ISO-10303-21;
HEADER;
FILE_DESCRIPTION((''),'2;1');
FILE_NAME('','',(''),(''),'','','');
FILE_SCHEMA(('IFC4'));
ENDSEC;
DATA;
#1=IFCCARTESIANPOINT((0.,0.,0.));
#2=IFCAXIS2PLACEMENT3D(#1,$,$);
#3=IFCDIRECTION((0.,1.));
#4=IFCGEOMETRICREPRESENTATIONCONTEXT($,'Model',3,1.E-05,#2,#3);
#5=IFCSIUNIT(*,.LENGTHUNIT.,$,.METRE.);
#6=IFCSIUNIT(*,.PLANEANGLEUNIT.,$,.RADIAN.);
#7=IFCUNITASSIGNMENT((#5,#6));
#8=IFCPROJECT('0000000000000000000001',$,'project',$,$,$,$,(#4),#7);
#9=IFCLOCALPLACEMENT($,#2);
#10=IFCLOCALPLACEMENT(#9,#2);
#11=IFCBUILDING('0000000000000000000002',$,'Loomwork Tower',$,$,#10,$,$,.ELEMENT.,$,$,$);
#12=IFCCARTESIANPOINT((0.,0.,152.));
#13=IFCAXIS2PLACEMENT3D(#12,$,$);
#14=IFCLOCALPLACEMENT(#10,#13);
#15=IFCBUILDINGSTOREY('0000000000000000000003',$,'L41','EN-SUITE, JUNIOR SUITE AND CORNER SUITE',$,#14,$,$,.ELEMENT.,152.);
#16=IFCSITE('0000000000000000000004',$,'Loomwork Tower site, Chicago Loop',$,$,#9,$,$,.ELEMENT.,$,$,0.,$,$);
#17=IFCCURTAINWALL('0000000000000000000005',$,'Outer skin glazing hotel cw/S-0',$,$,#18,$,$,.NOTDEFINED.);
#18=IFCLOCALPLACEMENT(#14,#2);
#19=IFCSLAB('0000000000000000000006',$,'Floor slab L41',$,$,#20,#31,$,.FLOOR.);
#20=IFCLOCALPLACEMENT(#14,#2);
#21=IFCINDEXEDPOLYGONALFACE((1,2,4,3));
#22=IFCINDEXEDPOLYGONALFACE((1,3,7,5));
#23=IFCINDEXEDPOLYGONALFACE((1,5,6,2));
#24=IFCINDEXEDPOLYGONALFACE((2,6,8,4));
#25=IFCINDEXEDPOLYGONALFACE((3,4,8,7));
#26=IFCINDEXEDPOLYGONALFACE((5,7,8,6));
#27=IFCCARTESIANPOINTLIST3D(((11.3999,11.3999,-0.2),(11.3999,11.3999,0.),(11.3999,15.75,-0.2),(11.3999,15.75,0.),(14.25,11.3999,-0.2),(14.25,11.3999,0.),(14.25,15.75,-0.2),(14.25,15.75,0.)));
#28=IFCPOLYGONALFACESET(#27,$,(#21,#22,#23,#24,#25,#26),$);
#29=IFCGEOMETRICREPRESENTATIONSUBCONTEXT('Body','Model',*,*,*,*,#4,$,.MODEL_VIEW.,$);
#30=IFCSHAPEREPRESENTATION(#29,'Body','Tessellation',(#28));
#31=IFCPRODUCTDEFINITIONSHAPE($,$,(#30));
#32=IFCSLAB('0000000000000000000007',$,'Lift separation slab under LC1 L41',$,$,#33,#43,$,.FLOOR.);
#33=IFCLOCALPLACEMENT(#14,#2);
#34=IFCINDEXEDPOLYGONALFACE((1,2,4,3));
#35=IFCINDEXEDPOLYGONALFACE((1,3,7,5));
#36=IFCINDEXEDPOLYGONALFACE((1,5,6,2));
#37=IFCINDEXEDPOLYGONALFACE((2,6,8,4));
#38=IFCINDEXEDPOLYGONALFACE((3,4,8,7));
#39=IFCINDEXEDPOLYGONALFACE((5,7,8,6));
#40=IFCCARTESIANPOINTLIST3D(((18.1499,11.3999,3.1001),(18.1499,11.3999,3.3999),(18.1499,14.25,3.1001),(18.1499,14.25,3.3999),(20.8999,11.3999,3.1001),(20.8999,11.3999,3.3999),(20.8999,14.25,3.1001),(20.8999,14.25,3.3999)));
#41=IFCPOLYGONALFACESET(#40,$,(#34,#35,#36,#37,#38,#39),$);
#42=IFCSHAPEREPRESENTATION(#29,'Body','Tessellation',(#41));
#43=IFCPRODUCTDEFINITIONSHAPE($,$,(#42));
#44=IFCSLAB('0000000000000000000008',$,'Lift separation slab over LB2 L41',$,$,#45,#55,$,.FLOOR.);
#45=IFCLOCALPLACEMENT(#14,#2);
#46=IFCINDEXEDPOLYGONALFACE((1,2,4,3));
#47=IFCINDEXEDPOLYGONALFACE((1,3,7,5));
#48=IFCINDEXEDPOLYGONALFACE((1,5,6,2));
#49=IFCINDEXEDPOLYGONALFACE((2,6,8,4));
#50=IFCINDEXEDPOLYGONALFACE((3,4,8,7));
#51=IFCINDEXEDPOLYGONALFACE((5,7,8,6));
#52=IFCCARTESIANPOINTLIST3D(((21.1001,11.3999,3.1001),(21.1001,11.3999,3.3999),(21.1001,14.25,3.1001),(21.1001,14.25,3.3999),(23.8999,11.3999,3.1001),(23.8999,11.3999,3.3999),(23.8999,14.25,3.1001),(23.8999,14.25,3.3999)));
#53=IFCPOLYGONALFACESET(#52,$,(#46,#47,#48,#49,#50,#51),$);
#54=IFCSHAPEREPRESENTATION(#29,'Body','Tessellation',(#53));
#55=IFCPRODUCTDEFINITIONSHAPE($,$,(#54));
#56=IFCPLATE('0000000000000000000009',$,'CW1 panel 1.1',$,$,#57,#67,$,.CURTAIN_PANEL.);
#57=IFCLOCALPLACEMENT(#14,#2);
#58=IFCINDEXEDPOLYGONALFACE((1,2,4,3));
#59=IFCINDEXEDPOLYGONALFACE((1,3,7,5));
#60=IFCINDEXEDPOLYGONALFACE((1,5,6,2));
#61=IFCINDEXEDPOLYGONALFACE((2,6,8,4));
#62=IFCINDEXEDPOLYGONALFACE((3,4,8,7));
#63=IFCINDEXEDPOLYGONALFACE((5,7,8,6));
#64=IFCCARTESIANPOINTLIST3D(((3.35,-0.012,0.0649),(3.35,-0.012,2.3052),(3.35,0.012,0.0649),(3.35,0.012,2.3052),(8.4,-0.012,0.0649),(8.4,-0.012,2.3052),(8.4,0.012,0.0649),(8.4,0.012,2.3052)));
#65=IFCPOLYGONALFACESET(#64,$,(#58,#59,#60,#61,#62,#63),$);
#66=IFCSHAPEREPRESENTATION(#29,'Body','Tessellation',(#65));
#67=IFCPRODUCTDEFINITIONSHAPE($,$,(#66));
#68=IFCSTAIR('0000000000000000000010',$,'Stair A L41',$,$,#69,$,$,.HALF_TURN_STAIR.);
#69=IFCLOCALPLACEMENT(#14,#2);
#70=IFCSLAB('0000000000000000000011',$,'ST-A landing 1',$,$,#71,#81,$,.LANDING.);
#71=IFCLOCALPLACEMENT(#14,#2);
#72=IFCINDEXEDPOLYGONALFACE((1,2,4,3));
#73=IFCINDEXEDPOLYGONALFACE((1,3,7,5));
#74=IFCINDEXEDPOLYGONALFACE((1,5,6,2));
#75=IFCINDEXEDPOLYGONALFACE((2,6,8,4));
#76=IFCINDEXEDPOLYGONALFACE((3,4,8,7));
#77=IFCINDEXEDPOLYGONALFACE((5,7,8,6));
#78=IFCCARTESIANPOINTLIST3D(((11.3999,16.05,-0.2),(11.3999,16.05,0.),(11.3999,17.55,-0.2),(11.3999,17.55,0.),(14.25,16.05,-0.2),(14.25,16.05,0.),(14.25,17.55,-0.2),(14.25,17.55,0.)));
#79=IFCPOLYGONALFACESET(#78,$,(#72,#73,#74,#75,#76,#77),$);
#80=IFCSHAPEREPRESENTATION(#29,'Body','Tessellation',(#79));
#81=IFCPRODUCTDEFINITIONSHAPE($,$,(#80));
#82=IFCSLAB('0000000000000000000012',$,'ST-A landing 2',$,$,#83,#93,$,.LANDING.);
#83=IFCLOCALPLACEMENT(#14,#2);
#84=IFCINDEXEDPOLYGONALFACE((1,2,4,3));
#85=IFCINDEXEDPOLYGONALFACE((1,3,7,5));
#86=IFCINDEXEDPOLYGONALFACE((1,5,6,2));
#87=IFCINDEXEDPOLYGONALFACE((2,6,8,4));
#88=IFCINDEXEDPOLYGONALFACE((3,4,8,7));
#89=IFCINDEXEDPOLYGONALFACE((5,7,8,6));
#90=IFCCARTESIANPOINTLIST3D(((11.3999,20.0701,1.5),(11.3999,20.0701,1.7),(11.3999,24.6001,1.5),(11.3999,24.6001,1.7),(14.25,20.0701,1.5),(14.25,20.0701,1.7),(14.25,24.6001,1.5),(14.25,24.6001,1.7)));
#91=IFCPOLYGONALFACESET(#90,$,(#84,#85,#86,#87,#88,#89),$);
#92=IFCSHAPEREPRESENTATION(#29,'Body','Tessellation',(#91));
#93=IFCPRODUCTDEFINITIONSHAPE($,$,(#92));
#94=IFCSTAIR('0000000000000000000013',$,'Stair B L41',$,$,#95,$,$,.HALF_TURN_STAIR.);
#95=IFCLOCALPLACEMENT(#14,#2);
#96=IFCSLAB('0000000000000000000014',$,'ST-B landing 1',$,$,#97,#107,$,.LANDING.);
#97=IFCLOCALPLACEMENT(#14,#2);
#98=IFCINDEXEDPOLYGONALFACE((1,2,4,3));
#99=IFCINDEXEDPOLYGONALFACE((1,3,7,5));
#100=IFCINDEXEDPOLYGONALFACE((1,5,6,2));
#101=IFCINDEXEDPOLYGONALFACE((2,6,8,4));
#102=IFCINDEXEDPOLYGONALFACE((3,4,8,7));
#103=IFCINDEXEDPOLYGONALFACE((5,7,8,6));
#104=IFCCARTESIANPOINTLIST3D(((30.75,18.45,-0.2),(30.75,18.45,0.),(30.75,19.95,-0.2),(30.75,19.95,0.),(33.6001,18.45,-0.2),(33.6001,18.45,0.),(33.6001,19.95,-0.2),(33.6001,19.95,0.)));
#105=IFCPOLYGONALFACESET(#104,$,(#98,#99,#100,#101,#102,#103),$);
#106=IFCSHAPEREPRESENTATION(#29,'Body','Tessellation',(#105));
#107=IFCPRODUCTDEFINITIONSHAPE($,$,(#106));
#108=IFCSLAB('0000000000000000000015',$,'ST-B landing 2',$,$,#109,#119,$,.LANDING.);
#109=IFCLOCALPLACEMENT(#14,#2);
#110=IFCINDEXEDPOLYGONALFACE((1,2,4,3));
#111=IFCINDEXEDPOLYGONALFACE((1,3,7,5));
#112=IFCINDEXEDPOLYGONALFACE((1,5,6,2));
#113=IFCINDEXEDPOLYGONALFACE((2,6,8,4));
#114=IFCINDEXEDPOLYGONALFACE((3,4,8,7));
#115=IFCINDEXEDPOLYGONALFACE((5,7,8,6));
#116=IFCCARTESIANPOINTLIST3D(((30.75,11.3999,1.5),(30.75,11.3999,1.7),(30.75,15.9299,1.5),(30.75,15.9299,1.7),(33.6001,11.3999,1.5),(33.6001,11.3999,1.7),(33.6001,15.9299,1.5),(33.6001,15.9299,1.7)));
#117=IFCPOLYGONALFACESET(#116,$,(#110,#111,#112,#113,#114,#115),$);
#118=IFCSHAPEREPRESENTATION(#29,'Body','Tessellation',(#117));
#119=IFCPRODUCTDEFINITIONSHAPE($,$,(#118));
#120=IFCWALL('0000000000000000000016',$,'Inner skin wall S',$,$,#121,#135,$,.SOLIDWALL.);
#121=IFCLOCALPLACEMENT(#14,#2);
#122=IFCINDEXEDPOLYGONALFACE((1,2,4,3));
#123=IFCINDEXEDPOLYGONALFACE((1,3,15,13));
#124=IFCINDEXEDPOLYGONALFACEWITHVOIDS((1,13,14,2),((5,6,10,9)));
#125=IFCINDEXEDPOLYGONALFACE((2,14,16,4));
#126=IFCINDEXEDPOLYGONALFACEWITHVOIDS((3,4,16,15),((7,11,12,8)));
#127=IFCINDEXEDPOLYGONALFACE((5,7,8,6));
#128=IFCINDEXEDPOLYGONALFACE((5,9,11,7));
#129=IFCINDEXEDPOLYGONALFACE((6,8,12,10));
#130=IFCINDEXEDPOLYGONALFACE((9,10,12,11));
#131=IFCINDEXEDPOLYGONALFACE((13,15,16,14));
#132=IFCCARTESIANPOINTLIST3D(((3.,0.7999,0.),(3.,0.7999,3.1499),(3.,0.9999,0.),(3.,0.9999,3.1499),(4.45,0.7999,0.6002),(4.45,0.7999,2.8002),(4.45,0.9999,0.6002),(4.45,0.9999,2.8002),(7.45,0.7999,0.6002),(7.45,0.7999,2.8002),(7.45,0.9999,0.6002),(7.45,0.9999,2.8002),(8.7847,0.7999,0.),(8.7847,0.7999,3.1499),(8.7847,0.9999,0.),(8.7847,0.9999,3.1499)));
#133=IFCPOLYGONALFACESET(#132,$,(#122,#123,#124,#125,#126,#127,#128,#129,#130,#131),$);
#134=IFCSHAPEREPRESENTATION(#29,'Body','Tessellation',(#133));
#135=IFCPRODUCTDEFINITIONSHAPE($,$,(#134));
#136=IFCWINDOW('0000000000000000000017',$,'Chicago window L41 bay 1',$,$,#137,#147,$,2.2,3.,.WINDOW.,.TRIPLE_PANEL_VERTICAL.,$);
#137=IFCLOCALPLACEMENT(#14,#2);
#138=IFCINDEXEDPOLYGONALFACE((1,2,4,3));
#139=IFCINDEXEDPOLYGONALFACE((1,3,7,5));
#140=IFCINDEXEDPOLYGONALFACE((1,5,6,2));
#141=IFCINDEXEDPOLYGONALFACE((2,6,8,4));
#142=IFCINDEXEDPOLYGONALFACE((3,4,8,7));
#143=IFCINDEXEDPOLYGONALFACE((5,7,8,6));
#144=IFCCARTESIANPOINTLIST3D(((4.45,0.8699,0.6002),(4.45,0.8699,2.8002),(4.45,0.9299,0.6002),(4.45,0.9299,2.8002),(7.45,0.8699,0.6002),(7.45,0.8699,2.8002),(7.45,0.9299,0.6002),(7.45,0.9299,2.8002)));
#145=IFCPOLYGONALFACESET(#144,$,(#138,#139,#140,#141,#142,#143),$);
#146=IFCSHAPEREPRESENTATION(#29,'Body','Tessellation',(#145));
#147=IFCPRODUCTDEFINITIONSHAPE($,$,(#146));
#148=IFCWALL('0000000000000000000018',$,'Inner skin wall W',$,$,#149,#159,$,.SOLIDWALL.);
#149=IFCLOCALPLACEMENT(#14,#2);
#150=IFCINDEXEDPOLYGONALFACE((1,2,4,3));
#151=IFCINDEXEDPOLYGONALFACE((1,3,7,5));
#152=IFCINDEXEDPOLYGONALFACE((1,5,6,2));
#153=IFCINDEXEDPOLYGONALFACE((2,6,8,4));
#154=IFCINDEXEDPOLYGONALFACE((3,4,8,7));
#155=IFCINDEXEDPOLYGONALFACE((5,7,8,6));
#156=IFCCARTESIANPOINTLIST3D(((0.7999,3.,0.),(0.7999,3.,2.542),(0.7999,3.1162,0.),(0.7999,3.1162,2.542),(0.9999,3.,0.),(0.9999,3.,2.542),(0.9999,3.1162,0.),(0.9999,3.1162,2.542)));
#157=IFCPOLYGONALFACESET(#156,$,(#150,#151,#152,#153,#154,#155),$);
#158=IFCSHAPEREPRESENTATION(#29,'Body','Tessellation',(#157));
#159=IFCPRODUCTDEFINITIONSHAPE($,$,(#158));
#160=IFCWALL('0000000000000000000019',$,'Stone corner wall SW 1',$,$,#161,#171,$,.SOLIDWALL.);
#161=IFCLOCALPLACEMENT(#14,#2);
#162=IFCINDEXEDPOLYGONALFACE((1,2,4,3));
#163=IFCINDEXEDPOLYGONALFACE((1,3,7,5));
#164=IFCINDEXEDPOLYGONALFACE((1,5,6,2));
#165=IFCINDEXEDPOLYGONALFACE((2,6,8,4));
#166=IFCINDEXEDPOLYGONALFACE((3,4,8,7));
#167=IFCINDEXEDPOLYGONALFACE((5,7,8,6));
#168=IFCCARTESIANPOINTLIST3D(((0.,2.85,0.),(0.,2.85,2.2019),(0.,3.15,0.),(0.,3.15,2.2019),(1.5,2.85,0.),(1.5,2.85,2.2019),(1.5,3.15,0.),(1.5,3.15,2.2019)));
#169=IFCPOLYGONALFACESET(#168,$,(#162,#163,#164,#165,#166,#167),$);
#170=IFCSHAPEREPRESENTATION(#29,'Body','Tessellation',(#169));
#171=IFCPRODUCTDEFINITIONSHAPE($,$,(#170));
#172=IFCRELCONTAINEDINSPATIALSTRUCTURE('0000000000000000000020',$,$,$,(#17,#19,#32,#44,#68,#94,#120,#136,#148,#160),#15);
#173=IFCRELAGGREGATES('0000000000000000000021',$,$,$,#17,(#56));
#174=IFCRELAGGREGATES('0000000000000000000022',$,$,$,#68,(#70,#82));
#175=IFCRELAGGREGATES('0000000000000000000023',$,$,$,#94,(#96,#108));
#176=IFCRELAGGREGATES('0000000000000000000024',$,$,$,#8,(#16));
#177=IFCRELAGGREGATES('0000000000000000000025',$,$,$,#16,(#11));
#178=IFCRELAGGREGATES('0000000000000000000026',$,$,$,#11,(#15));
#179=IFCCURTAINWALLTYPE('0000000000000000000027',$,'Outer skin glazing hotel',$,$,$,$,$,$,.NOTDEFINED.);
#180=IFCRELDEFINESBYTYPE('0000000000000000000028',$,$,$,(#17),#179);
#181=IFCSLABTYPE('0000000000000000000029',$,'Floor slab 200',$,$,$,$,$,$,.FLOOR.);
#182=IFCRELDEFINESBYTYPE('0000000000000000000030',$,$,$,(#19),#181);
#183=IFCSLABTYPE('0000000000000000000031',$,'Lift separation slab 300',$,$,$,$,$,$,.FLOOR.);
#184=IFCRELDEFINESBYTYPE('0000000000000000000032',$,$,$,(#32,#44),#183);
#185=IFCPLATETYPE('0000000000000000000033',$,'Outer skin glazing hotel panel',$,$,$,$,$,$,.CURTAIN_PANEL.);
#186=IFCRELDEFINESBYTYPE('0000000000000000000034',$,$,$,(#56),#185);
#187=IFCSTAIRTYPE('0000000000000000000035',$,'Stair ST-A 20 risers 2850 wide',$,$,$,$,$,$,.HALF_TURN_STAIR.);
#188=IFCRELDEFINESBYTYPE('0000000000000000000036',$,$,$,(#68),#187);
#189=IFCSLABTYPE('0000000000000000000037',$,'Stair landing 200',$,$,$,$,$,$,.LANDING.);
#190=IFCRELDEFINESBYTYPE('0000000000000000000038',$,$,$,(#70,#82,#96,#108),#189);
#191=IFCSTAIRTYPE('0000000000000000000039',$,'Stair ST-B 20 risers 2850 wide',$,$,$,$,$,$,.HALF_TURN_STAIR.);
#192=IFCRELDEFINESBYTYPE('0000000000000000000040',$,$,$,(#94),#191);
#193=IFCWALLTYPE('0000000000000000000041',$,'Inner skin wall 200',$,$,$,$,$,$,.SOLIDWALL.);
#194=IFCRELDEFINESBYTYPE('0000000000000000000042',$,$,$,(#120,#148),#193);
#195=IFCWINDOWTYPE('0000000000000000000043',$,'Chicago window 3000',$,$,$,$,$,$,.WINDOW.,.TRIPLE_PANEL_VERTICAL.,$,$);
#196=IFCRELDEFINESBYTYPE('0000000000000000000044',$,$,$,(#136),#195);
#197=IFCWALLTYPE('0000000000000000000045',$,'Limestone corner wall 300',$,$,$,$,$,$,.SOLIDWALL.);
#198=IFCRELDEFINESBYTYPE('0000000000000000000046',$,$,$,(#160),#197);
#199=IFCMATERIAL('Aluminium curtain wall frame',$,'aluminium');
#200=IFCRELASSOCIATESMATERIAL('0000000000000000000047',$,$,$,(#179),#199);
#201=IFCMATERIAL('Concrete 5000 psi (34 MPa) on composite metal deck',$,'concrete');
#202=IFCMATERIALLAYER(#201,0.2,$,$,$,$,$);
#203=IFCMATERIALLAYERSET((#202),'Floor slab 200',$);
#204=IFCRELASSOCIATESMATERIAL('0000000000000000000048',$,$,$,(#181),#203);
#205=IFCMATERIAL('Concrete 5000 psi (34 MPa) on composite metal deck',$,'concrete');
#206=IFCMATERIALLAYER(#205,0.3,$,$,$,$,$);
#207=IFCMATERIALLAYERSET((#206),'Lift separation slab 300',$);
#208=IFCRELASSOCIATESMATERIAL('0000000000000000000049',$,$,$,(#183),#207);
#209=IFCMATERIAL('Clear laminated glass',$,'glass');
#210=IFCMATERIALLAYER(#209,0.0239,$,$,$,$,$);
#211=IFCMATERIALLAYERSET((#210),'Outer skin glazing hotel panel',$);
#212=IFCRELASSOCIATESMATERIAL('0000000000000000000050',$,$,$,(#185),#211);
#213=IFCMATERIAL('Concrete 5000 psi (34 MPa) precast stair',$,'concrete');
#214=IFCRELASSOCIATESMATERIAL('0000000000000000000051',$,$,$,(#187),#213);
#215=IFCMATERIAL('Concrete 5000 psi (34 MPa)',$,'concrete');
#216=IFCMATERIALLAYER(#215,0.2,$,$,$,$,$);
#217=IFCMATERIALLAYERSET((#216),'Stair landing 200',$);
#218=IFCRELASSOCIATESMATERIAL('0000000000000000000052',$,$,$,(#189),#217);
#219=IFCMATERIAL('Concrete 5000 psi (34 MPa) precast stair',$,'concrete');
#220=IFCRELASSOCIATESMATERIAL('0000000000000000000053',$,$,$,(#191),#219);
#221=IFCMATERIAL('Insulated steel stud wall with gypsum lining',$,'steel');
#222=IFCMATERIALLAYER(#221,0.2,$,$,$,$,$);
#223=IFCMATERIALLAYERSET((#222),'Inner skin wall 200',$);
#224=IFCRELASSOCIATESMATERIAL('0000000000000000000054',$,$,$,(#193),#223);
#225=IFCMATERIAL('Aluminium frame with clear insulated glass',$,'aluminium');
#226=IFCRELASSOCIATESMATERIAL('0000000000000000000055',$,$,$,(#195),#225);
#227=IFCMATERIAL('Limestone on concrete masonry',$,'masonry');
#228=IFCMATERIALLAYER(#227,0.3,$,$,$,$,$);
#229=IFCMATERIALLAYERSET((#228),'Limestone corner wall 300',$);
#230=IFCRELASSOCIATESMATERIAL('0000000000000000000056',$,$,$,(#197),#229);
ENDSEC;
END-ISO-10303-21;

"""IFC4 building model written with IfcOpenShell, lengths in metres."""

from ifc_helpers import new_model, si_unit, direction, frame, frame_2d, origin, origin_2d, place, context, subcontext, project, spatial, polyline, rectangle, outline, extrude, material, layer, layer_set, type_object, element, fill, aggregate, save


model = new_model("IFC4")

# Units and contexts
model_context = context("Model", 3, precision=1e-05, world=origin(), true_north=direction((0.0, 1.0)))
body_context = subcontext(model_context, "Body", "Model", "MODEL_VIEW")
ifc_project = project(units=[si_unit("LENGTHUNIT", "METRE"), si_unit("PLANEANGLEUNIT", "RADIAN")], contexts=[model_context])

# Site, building, storey
site_placement = place(None, origin())
site = spatial("IfcSite", under=ifc_project, at=site_placement, Name="Loomwork Tower site, Chicago Loop", CompositionType="ELEMENT", RefElevation=0.0)
building_placement = place(site_placement, origin())
building = spatial("IfcBuilding", under=site, at=building_placement, Name="Loomwork Tower", CompositionType="ELEMENT")
storey_placement = place(building_placement, frame((0.0, 0.0, 152.0)))
storey = spatial("IfcBuildingStorey", under=building, at=storey_placement, Name="L41", Description="EN-SUITE, JUNIOR SUITE AND CORNER SUITE", CompositionType="ELEMENT", Elevation=152.0)

# Curtain wall
ifc_material_1 = material(Name="Aluminium curtain wall frame", Category="aluminium")
curtain_wall_type = type_object("IfcCurtainWallType", Name="Outer skin glazing hotel", PredefinedType="NOTDEFINED", material=ifc_material_1)
curtain_wall_placement = place(storey_placement, origin())
curtain_wall = element("IfcCurtainWall", 1, at=curtain_wall_placement, inside=storey, type_object=curtain_wall_type, Name="Outer skin glazing hotel cw/S-0", PredefinedType="NOTDEFINED")

# Slabs
ifc_material_2 = material(Name="Concrete 5000 psi (34 MPa) on composite metal deck", Category="concrete")
ifc_layer_1 = layer(ifc_material_2, 0.2)
ifc_layer_set_1 = layer_set([ifc_layer_1], Name="Floor slab 200")
slab_type_1 = type_object("IfcSlabType", Name="Floor slab 200", PredefinedType="FLOOR", material=ifc_layer_set_1)
slab_1_placement = place(storey_placement, frame((0.0, 0.0, -0.2)))
element("IfcSlab", 2, at=slab_1_placement, inside=storey, type_object=slab_type_1, Name="Floor slab L41", PredefinedType="FLOOR", context=body_context, shape_type="SweptSolid", body=[
    extrude(outline(polyline([(14.25, 15.75), (14.25, 11.3999), (11.3999, 11.3999), (11.3999, 15.75), (14.25, 15.75)])), origin(), (0.0, 0.0, 1.0), 0.2),
])
ifc_material_3 = material(Name="Concrete 5000 psi (34 MPa) on composite metal deck", Category="concrete")
ifc_layer_2 = layer(ifc_material_3, 0.3)
ifc_layer_set_2 = layer_set([ifc_layer_2], Name="Lift separation slab 300")
slab_type_2 = type_object("IfcSlabType", Name="Lift separation slab 300", PredefinedType="FLOOR", material=ifc_layer_set_2)
slab_2_placement = place(storey_placement, frame((0.0, 0.0, 3.1001)))
element("IfcSlab", 3, at=slab_2_placement, inside=storey, type_object=slab_type_2, Name="Lift separation slab under LC1 L41", PredefinedType="FLOOR", context=body_context, shape_type="SweptSolid", body=[
    extrude(outline(polyline([(18.1499, 11.3999), (20.8999, 11.3999), (20.8999, 14.25), (18.1499, 14.25), (18.1499, 11.3999)])), origin(), (0.0, 0.0, 1.0), 0.2998),
])
slab_3_placement = place(storey_placement, frame((0.0, 0.0, 3.1001)))
element("IfcSlab", 4, at=slab_3_placement, inside=storey, type_object=slab_type_2, Name="Lift separation slab over LB2 L41", PredefinedType="FLOOR", context=body_context, shape_type="SweptSolid", body=[
    extrude(outline(polyline([(21.1001, 11.3999), (23.8999, 11.3999), (23.8999, 14.25), (21.1001, 14.25), (21.1001, 11.3999)])), origin(), (0.0, 0.0, 1.0), 0.2998),
])

# Plate
ifc_material_4 = material(Name="Clear laminated glass", Category="glass")
ifc_layer_3 = layer(ifc_material_4, 0.0239)
ifc_layer_set_3 = layer_set([ifc_layer_3], Name="Outer skin glazing hotel panel")
plate_type = type_object("IfcPlateType", Name="Outer skin glazing hotel panel", PredefinedType="CURTAIN_PANEL", material=ifc_layer_set_3)
plate_placement = place(storey_placement, frame((5.875, 0.0, 0.0649), z_axis=(0.0, 0.0, 1.0), x_axis=(1.0, 0.0, 0.0)))
plate = element("IfcPlate", 5, at=plate_placement, type_object=plate_type, Name="CW1 panel 1.1", PredefinedType="CURTAIN_PANEL", context=body_context, shape_type="SweptSolid", body=[
    extrude(rectangle(XDim=5.05, YDim=0.0239, at=origin_2d()), origin(), (0.0, 0.0, 1.0), 2.2402),
])
aggregate(curtain_wall, [plate])

# Stairs, slabs
ifc_material_5 = material(Name="Concrete 5000 psi (34 MPa) precast stair", Category="concrete")
stair_type_1 = type_object("IfcStairType", Name="Stair ST-A 20 risers 2850 wide", PredefinedType="HALF_TURN_STAIR", material=ifc_material_5)
stair_1_placement = place(storey_placement, origin())
stair_1 = element("IfcStair", 6, at=stair_1_placement, inside=storey, type_object=stair_type_1, Name="Stair A L41", PredefinedType="HALF_TURN_STAIR")
ifc_material_6 = material(Name="Concrete 5000 psi (34 MPa)", Category="concrete")
ifc_layer_4 = layer(ifc_material_6, 0.2)
ifc_layer_set_4 = layer_set([ifc_layer_4], Name="Stair landing 200")
slab_type_3 = type_object("IfcSlabType", Name="Stair landing 200", PredefinedType="LANDING", material=ifc_layer_set_4)
slab_4_placement = place(storey_placement, frame((0.0, 0.0, -0.2)))
slab_4 = element("IfcSlab", 7, at=slab_4_placement, type_object=slab_type_3, Name="ST-A landing 1", PredefinedType="LANDING", context=body_context, shape_type="SweptSolid", body=[
    extrude(outline(polyline([(11.3999, 16.05), (14.25, 16.05), (14.25, 17.55), (11.3999, 17.55), (11.3999, 16.05)])), origin(), (0.0, 0.0, 1.0), 0.2),
])
slab_5_placement = place(storey_placement, frame((0.0, 0.0, 1.5)))
slab_5 = element("IfcSlab", 8, at=slab_5_placement, type_object=slab_type_3, Name="ST-A landing 2", PredefinedType="LANDING", context=body_context, shape_type="SweptSolid", body=[
    extrude(outline(polyline([(11.3999, 20.0701), (14.25, 20.0701), (14.25, 24.6001), (11.3999, 24.6001), (11.3999, 20.0701)])), origin(), (0.0, 0.0, 1.0), 0.2),
])
aggregate(stair_1, [slab_4, slab_5])
ifc_material_7 = material(Name="Concrete 5000 psi (34 MPa) precast stair", Category="concrete")
stair_type_2 = type_object("IfcStairType", Name="Stair ST-B 20 risers 2850 wide", PredefinedType="HALF_TURN_STAIR", material=ifc_material_7)
stair_2_placement = place(storey_placement, origin())
stair_2 = element("IfcStair", 9, at=stair_2_placement, inside=storey, type_object=stair_type_2, Name="Stair B L41", PredefinedType="HALF_TURN_STAIR")
slab_6_placement = place(storey_placement, frame((0.0, 0.0, -0.2)))
slab_6 = element("IfcSlab", 10, at=slab_6_placement, type_object=slab_type_3, Name="ST-B landing 1", PredefinedType="LANDING", context=body_context, shape_type="SweptSolid", body=[
    extrude(outline(polyline([(30.75, 18.45), (33.6001, 18.45), (33.6001, 19.95), (30.75, 19.95), (30.75, 18.45)])), origin(), (0.0, 0.0, 1.0), 0.2),
])
slab_7_placement = place(storey_placement, frame((0.0, 0.0, 1.5)))
slab_7 = element("IfcSlab", 11, at=slab_7_placement, type_object=slab_type_3, Name="ST-B landing 2", PredefinedType="LANDING", context=body_context, shape_type="SweptSolid", body=[
    extrude(outline(polyline([(30.75, 11.3999), (33.6001, 11.3999), (33.6001, 15.9299), (30.75, 15.9299), (30.75, 11.3999)])), origin(), (0.0, 0.0, 1.0), 0.2),
])
aggregate(stair_2, [slab_6, slab_7])

# Wall, opening, window
ifc_material_8 = material(Name="Insulated steel stud wall with gypsum lining", Category="steel")
ifc_layer_5 = layer(ifc_material_8, 0.2)
ifc_layer_set_5 = layer_set([ifc_layer_5], Name="Inner skin wall 200")
wall_type_1 = type_object("IfcWallType", Name="Inner skin wall 200", PredefinedType="SOLIDWALL", material=ifc_layer_set_5)
wall_1_placement = place(storey_placement, frame((3.0, 0.8999, 0.0), z_axis=(0.0, 0.0, 1.0), x_axis=(1.0, 0.0, 0.0)))
wall_1 = element("IfcWall", 12, at=wall_1_placement, inside=storey, type_object=wall_type_1, Name="Inner skin wall S", PredefinedType="SOLIDWALL", context=body_context, shape_type="SweptSolid", body=[
    extrude(rectangle(XDim=5.7847, YDim=0.2, at=frame_2d((2.8923, 0.0))), origin(), (0.0, 0.0, 1.0), 3.1499),
])
opening_1_placement = place(wall_1_placement, frame((1.45, 0.0, 0.6001)))
opening_1 = element("IfcOpeningElement", 13, at=opening_1_placement, cuts=wall_1, PredefinedType="OPENING", context=body_context, shape_type="SweptSolid", body=[
    extrude(rectangle(XDim=3.0, YDim=2.2, at=frame_2d((1.5, 1.1001))), frame((0.0, 0.1099, 0.0), z_axis=(0.0, -1.0, 0.0), x_axis=(1.0, 0.0, 0.0)), (0.0, 0.0, 1.0), 0.22),
])
ifc_material_9 = material(Name="Aluminium frame with clear insulated glass", Category="aluminium")
window_type_1 = type_object("IfcWindowType", Name="Chicago window 3000", PartitioningType="TRIPLE_PANEL_VERTICAL", PredefinedType="WINDOW", material=ifc_material_9)
window_1_placement = place(opening_1_placement, origin())
window_1 = element("IfcWindow", 14, at=window_1_placement, inside=storey, type_object=window_type_1, Name="Chicago window L41 bay 1", OverallHeight=2.2, OverallWidth=3.0, PartitioningType="TRIPLE_PANEL_VERTICAL", PredefinedType="WINDOW", context=body_context, shape_type="SweptSolid", body=[
    extrude(rectangle(XDim=3.0, YDim=2.2, at=frame_2d((1.5, 1.1001))), frame((0.0, 0.03, 0.0), z_axis=(0.0, -1.0, 0.0), x_axis=(1.0, 0.0, 0.0)), (0.0, 0.0, 1.0), 0.0601),
])
fill(opening_1, window_1)

# Walls
wall_2_placement = place(storey_placement, frame((0.8999, 3.0, 0.0), z_axis=(0.0, 0.0, 1.0), x_axis=(0.0, 1.0, 0.0)))
element("IfcWall", 15, at=wall_2_placement, inside=storey, type_object=wall_type_1, Name="Inner skin wall W", PredefinedType="SOLIDWALL", context=body_context, shape_type="SweptSolid", body=[
    extrude(rectangle(XDim=0.1162, YDim=0.2, at=frame_2d((0.0581, 0.0))), origin(), (0.0, 0.0, 1.0), 2.542),
])
ifc_material_10 = material(Name="Limestone on concrete masonry", Category="masonry")
ifc_layer_6 = layer(ifc_material_10, 0.3)
ifc_layer_set_6 = layer_set([ifc_layer_6], Name="Limestone corner wall 300")
wall_type_2 = type_object("IfcWallType", Name="Limestone corner wall 300", PredefinedType="SOLIDWALL", material=ifc_layer_set_6)
wall_3_placement = place(storey_placement, frame((0.0, 3.0, 0.0), z_axis=(0.0, 0.0, 1.0), x_axis=(1.0, 0.0, 0.0)))
element("IfcWall", 16, at=wall_3_placement, inside=storey, type_object=wall_type_2, Name="Stone corner wall SW 1", PredefinedType="SOLIDWALL", context=body_context, shape_type="SweptSolid", body=[
    extrude(rectangle(XDim=1.5, YDim=0.3, at=frame_2d((0.75, 0.0))), origin(), (0.0, 0.0, 1.0), 2.2019),
])

save(model, "model.ifc")
